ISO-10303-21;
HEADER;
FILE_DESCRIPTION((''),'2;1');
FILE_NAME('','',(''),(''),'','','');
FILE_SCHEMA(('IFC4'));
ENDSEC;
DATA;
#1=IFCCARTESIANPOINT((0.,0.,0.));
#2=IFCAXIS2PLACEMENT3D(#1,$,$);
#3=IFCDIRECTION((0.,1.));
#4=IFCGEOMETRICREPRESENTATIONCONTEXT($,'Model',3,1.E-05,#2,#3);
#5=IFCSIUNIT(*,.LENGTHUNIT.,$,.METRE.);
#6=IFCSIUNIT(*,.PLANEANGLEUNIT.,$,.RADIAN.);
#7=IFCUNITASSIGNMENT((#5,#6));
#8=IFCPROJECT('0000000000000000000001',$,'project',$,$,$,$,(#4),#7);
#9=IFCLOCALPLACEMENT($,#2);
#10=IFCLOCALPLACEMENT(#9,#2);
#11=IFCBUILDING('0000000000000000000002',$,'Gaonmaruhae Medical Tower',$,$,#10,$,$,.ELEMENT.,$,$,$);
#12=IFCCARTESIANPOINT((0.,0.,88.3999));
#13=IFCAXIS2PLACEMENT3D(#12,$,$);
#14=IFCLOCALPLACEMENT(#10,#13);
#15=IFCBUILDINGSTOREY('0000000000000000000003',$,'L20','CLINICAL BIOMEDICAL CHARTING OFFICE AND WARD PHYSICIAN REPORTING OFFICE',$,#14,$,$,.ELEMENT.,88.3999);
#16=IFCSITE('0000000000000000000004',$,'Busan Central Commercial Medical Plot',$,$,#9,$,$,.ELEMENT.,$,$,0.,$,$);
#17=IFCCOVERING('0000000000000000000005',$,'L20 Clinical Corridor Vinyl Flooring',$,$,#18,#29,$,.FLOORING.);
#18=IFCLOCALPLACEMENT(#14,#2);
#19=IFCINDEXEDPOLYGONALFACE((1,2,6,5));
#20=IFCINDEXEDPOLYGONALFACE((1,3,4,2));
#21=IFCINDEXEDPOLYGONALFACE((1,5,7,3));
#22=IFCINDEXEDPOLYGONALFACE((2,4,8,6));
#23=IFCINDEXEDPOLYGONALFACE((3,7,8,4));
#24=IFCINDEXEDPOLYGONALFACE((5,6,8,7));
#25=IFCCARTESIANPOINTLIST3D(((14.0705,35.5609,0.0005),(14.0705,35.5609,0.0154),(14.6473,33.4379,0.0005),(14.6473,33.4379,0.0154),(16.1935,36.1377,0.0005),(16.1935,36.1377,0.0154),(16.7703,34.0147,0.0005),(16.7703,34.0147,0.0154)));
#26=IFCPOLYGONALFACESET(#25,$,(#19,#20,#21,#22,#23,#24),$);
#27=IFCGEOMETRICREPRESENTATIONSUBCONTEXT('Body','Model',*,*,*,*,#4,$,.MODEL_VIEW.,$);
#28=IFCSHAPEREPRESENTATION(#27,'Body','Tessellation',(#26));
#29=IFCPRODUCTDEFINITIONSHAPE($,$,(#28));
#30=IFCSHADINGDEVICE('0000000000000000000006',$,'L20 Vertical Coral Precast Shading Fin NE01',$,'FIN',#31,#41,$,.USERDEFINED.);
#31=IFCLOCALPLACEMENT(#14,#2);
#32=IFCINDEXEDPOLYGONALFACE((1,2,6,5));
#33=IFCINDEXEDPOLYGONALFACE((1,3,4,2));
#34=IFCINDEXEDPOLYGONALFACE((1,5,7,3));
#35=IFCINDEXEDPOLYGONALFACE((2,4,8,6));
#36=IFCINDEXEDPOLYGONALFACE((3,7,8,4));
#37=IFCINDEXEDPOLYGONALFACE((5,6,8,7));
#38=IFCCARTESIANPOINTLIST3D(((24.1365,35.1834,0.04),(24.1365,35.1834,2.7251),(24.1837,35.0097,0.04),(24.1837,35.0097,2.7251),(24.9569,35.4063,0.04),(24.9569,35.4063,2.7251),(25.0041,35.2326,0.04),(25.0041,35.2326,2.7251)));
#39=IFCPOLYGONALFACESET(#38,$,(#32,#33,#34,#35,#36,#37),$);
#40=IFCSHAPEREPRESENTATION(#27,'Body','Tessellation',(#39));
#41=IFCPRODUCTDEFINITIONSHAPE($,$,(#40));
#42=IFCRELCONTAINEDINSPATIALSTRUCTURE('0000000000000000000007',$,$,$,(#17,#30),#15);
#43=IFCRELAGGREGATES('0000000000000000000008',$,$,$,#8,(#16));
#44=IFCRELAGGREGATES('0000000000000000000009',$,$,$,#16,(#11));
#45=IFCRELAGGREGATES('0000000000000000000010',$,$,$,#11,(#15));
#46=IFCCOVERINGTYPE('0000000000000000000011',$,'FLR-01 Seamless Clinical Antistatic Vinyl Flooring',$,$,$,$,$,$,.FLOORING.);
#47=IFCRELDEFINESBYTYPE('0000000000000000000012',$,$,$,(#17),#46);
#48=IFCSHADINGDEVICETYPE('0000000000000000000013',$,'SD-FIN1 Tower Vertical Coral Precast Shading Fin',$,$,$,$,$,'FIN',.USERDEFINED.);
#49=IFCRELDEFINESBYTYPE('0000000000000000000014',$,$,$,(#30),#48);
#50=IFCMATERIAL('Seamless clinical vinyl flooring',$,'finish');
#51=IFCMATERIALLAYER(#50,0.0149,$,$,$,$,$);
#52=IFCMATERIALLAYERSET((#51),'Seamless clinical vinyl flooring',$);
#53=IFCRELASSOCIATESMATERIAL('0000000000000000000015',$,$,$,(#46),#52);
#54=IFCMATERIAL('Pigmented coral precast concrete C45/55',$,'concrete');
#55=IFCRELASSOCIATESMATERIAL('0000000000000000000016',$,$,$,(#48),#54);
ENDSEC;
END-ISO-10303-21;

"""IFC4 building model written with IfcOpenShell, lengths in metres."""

from ifc_helpers import new_model, si_unit, direction, frame, origin, origin_2d, place, context, subcontext, project, spatial, rectangle, extrude, material, layer, layer_set, type_object, element, save


model = new_model("IFC4")

# Units and contexts
model_context = context("Model", 3, precision=1e-05, world=origin(), true_north=direction((0.0, 1.0)))
body_context = subcontext(model_context, "Body", "Model", "MODEL_VIEW")
ifc_project = project(units=[si_unit("LENGTHUNIT", "METRE"), si_unit("PLANEANGLEUNIT", "RADIAN")], contexts=[model_context])

# Site, building, storey
site_placement = place(None, origin())
site = spatial("IfcSite", under=ifc_project, at=site_placement, Name="Busan Central Commercial Medical Plot", CompositionType="ELEMENT", RefElevation=0.0)
building_placement = place(site_placement, origin())
building = spatial("IfcBuilding", under=site, at=building_placement, Name="Gaonmaruhae Medical Tower", CompositionType="ELEMENT")
storey_placement = place(building_placement, frame((0.0, 0.0, 88.3999)))
storey = spatial("IfcBuildingStorey", under=building, at=storey_placement, Name="L20", Description="CLINICAL BIOMEDICAL CHARTING OFFICE AND WARD PHYSICIAN REPORTING OFFICE", CompositionType="ELEMENT", Elevation=88.3999)

# Covering
ifc_material_1 = material(Name="Seamless clinical vinyl flooring", Category="finish")
ifc_layer_1 = layer(ifc_material_1, 0.0149)
ifc_layer_set_1 = layer_set([ifc_layer_1], Name="Seamless clinical vinyl flooring")
covering_type_1 = type_object("IfcCoveringType", Name="FLR-01 Seamless Clinical Antistatic Vinyl Flooring", PredefinedType="FLOORING", material=ifc_layer_set_1)
covering_1_placement = place(storey_placement, frame((15.4204, 34.7878, 0.0005), z_axis=(0.0, 0.0, 1.0), x_axis=(0.965016, 0.262189, 0.0)))
element("IfcCovering", 1, at=covering_1_placement, inside=storey, type_object=covering_type_1, Name="L20 Clinical Corridor Vinyl Flooring", PredefinedType="FLOORING", context=body_context, shape_type="SweptSolid", body=[
    extrude(rectangle(XDim=2.2, YDim=2.2, at=origin_2d()), origin(), (0.0, 0.0, 1.0), 0.0149),
])

# Shading device
ifc_material_2 = material(Name="Pigmented coral precast concrete C45/55", Category="concrete")
shading_device_type = type_object("IfcShadingDeviceType", Name="SD-FIN1 Tower Vertical Coral Precast Shading Fin", ElementType="FIN", PredefinedType="USERDEFINED", material=ifc_material_2)
shading_device_placement = place(storey_placement, frame((24.5703, 35.208, 0.04), z_axis=(0.0, 0.0, 1.0), x_axis=(0.262189, -0.965016, 0.0)))
element("IfcShadingDevice", 2, at=shading_device_placement, inside=storey, type_object=shading_device_type, Name="L20 Vertical Coral Precast Shading Fin NE01", ObjectType="FIN", PredefinedType="USERDEFINED", context=body_context, shape_type="SweptSolid", body=[
    extrude(rectangle(XDim=0.1799, YDim=0.8501, at=origin_2d()), origin(), (0.0, 0.0, 1.0), 2.6851),
])

save(model, "model.ifc")
